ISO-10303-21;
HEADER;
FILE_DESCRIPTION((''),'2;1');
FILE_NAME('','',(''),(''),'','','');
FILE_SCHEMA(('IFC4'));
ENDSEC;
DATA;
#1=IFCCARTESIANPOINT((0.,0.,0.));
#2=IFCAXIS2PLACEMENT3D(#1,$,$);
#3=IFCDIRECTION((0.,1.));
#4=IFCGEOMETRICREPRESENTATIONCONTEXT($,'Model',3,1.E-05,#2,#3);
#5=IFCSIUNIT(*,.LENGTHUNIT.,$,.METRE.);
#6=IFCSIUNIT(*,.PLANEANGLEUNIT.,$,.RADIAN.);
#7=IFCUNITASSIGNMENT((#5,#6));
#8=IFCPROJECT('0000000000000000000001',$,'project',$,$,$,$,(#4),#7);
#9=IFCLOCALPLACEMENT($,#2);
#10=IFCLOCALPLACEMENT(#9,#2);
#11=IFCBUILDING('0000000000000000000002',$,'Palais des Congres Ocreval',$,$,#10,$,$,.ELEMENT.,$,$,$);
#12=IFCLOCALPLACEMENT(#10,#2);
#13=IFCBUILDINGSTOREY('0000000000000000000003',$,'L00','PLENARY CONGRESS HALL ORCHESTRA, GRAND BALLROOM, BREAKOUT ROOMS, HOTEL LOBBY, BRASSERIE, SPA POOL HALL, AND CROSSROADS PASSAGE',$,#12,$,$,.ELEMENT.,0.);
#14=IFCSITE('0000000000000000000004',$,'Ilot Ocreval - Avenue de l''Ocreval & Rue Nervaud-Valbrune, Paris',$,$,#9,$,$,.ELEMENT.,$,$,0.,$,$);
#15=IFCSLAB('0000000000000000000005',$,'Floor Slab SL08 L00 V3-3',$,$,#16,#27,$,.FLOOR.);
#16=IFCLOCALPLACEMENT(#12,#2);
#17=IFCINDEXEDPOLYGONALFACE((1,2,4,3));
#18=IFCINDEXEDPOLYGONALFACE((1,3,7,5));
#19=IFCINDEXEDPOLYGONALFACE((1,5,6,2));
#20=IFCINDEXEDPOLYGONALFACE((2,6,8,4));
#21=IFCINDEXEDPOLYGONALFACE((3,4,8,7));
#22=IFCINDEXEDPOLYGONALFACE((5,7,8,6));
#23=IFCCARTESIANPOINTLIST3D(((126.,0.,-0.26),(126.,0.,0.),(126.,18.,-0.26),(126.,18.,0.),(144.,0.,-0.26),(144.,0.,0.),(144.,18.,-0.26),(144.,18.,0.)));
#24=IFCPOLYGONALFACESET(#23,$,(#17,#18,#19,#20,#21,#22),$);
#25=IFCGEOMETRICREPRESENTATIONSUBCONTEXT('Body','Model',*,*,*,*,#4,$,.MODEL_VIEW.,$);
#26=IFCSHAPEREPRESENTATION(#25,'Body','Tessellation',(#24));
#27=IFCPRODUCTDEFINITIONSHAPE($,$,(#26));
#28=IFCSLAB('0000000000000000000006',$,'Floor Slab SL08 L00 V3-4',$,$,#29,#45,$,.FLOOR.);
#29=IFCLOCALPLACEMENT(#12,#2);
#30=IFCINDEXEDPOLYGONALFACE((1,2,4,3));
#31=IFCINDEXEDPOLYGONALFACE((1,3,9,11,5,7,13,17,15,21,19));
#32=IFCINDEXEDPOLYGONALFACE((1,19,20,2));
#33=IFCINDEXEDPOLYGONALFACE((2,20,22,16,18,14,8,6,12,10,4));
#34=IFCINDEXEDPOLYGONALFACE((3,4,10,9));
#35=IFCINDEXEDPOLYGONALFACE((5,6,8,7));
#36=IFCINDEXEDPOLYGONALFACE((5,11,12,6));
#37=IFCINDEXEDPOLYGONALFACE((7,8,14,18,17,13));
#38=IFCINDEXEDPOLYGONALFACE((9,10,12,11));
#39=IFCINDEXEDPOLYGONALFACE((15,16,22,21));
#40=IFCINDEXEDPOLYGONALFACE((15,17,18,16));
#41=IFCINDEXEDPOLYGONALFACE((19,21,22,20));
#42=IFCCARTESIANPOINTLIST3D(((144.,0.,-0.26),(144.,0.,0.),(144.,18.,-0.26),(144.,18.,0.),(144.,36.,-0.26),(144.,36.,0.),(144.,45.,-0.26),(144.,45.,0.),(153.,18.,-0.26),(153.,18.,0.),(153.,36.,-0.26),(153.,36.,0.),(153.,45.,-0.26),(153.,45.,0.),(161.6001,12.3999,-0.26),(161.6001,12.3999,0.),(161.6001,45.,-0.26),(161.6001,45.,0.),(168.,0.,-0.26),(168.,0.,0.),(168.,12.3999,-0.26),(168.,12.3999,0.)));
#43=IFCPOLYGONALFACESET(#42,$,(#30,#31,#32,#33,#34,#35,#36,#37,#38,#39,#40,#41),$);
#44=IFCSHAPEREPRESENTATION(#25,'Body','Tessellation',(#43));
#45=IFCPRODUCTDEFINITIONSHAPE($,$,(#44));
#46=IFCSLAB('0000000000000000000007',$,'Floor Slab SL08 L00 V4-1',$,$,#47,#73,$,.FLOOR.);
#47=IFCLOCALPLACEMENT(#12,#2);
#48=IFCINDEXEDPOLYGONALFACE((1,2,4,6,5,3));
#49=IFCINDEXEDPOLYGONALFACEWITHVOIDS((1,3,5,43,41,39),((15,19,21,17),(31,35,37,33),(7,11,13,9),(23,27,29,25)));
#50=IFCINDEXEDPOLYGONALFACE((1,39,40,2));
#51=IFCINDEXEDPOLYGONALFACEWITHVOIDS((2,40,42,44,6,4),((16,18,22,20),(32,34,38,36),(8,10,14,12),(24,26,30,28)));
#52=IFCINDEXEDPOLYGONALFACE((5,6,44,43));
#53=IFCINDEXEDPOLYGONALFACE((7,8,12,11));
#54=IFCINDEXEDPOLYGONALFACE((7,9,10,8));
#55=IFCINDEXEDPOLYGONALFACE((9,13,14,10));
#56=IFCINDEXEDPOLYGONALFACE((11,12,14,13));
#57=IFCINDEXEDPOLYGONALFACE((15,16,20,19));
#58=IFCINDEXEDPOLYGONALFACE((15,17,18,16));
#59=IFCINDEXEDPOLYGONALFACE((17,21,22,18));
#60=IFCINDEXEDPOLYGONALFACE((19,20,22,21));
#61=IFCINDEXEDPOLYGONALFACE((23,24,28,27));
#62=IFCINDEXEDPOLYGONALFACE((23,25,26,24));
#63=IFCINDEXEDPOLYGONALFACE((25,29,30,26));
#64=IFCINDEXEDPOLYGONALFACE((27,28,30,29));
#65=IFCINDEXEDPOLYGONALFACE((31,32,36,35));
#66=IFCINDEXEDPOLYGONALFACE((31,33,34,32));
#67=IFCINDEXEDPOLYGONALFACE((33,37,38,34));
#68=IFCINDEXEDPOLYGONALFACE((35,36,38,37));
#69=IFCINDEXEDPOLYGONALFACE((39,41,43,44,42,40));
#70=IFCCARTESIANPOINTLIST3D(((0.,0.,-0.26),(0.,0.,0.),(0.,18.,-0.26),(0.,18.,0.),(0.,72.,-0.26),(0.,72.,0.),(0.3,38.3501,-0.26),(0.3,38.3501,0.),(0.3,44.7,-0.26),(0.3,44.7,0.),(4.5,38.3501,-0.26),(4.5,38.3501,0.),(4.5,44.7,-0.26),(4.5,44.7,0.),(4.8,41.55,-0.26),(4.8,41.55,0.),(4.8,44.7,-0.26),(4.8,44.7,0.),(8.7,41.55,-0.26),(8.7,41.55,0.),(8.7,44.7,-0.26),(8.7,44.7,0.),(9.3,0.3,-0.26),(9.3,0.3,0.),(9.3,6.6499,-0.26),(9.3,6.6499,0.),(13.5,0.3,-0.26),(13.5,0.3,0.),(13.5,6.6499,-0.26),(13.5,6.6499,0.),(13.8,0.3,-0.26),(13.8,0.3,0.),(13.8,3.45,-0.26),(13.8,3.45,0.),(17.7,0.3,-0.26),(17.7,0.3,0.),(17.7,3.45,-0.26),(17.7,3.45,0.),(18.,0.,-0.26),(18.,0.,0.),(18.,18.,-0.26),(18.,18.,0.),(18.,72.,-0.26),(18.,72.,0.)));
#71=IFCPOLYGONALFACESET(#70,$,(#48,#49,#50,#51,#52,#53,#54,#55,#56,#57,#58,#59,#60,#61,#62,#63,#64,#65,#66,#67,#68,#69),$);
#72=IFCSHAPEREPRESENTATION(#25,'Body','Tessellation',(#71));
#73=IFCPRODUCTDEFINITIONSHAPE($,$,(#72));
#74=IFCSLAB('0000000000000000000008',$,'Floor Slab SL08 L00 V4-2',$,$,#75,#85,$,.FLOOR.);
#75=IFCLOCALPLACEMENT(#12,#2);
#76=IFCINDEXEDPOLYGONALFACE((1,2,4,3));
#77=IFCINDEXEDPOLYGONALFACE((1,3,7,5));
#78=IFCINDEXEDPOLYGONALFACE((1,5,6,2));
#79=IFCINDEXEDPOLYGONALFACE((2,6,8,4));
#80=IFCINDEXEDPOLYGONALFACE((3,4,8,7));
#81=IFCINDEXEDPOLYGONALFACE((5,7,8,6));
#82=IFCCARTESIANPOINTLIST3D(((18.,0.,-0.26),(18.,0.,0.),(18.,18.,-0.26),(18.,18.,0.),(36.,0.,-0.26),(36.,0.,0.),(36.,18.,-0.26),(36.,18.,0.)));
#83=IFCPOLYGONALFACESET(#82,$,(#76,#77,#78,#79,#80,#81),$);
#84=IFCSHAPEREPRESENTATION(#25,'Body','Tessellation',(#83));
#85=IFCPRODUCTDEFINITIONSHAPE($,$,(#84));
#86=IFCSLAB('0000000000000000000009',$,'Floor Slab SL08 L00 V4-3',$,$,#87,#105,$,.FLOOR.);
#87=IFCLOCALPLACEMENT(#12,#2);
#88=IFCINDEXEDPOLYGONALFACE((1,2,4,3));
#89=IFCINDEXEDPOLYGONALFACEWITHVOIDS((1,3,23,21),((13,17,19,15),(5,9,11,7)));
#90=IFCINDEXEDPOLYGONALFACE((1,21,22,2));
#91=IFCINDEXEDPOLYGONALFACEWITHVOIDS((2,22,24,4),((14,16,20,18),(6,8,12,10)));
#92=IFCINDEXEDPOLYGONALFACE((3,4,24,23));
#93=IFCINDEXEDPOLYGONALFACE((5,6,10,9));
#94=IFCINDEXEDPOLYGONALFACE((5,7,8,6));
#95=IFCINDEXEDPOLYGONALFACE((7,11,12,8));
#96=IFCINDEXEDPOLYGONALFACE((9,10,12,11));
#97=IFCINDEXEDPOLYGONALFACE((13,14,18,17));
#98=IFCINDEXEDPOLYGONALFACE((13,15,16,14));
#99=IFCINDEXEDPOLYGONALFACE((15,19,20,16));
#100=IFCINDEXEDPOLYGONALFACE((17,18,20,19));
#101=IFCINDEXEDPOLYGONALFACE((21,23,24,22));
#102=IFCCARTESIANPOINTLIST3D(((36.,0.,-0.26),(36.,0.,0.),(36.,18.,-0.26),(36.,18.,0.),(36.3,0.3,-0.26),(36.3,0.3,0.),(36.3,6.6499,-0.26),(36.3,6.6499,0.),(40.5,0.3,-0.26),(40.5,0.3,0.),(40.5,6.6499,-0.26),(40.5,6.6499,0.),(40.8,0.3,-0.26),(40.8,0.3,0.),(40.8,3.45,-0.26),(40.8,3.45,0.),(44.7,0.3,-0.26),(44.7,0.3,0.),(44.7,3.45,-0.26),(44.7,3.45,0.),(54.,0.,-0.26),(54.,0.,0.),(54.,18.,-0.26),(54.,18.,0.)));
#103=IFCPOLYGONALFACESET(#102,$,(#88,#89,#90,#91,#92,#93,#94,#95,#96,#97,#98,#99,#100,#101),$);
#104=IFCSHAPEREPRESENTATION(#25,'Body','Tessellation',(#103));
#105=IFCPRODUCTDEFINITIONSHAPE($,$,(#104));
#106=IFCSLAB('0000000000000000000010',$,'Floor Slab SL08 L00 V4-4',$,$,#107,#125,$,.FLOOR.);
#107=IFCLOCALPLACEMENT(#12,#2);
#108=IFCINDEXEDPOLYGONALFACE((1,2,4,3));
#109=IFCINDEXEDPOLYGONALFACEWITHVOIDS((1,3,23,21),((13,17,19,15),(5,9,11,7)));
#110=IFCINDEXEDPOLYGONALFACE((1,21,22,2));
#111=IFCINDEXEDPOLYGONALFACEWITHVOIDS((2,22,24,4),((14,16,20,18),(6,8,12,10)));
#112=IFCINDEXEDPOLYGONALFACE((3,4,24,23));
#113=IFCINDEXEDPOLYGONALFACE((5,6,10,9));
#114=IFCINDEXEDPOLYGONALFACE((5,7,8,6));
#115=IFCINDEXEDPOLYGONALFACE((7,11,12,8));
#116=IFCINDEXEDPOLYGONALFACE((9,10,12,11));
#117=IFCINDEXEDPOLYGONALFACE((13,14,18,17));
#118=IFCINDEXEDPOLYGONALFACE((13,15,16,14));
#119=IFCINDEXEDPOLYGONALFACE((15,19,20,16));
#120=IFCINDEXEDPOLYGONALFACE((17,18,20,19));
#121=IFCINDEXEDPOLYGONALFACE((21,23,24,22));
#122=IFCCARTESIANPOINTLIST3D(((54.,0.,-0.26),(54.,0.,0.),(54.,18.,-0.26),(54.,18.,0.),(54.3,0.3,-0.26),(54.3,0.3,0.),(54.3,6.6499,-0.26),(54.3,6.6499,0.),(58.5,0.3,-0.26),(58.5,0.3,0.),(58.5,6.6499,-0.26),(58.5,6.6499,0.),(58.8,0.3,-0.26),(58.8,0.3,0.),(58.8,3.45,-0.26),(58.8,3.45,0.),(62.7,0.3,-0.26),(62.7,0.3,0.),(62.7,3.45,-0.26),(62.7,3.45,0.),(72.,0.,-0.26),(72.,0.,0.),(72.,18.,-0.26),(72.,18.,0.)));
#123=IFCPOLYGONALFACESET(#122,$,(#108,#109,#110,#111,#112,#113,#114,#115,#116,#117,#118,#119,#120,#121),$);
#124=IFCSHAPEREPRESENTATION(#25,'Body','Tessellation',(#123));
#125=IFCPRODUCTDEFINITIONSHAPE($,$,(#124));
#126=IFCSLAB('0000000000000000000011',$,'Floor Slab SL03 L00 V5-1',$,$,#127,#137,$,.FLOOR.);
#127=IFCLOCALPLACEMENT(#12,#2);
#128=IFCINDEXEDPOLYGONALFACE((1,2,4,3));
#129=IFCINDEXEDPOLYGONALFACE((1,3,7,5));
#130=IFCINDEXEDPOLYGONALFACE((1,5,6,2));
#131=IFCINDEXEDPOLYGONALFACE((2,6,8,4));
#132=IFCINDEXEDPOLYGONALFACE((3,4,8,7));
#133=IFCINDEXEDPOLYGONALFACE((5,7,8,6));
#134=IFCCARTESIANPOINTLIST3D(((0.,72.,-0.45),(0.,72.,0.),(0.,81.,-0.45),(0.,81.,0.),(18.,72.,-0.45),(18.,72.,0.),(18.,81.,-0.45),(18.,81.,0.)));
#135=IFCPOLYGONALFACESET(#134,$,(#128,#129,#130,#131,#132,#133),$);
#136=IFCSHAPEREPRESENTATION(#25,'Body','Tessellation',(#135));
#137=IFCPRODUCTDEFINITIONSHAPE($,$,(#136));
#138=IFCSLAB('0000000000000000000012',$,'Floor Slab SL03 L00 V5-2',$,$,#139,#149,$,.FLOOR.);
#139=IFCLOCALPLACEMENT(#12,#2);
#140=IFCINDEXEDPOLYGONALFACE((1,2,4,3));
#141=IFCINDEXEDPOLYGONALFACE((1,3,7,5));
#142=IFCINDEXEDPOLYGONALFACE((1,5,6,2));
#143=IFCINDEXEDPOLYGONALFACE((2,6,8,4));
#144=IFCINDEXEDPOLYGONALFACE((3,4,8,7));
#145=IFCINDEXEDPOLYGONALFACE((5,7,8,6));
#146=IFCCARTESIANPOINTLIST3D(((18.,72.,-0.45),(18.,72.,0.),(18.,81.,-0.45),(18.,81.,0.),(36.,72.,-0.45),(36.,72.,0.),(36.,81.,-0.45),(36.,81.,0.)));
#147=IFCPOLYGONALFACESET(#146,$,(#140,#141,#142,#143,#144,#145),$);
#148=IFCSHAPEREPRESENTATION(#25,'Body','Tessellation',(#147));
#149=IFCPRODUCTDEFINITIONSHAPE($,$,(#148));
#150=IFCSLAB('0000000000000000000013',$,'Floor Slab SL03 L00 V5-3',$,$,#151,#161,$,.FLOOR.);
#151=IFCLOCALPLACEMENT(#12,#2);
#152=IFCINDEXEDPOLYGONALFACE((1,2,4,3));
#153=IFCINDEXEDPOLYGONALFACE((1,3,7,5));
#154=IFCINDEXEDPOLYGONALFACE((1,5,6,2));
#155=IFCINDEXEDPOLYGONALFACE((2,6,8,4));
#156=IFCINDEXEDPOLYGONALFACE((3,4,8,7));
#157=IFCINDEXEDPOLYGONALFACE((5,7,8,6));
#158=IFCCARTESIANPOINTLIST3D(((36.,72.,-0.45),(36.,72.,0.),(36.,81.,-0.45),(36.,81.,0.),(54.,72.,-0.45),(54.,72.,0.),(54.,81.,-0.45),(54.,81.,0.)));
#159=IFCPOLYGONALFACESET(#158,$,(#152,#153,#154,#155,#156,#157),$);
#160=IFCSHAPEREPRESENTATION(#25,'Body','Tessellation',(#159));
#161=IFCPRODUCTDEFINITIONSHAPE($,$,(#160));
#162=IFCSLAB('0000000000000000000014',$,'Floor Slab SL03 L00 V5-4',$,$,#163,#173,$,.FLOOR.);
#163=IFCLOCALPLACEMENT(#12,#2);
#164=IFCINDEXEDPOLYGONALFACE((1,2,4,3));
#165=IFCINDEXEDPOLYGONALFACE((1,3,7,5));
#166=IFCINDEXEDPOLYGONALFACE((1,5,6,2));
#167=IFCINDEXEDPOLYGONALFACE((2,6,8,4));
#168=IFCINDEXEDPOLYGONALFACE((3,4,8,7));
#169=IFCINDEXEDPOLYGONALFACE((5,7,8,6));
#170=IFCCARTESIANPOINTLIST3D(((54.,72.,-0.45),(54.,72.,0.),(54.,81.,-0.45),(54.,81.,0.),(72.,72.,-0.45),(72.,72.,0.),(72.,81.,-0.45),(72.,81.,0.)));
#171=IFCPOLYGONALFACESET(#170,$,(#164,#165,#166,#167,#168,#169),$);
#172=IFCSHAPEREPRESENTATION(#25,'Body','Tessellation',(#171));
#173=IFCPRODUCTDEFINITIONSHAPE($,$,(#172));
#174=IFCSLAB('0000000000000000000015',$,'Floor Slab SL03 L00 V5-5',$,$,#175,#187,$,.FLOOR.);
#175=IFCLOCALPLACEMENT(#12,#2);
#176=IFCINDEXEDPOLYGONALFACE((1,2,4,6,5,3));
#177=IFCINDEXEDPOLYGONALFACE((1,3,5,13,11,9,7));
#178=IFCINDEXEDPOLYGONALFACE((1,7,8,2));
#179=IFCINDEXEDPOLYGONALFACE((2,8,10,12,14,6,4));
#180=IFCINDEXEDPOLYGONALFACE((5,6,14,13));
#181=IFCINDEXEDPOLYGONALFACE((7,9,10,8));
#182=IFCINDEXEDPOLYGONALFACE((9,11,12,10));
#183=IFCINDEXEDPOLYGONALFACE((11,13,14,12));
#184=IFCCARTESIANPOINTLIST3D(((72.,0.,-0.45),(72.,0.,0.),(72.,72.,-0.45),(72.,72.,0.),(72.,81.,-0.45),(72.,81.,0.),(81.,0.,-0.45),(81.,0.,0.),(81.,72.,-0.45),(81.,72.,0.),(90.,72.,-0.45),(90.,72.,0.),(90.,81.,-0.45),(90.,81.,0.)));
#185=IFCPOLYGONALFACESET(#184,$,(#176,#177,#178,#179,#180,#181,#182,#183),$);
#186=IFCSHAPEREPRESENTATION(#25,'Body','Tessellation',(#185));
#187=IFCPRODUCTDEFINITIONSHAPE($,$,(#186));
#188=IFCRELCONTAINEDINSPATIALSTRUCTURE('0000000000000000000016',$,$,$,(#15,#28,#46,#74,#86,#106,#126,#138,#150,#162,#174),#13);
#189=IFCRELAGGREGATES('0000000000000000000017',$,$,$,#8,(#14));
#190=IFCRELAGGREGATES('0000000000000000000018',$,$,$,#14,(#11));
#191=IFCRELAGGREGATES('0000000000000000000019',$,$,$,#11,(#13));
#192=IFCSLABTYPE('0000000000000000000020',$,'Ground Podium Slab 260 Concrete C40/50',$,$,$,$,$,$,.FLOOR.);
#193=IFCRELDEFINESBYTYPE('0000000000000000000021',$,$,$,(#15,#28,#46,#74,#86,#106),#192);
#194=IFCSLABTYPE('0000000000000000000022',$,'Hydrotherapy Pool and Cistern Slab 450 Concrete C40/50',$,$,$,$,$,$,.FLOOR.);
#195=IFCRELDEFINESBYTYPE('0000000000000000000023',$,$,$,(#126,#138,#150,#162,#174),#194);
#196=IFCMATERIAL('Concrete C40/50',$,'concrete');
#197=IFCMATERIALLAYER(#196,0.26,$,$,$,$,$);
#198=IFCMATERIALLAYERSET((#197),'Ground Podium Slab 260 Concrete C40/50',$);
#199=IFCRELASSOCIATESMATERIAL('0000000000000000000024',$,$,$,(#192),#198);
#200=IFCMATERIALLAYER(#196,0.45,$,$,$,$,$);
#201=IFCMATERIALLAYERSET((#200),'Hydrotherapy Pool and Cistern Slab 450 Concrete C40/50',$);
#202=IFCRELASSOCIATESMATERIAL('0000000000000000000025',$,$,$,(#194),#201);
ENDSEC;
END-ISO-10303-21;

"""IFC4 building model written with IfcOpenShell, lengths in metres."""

from ifc_helpers import new_model, si_unit, direction, frame, origin, place, context, subcontext, project, spatial, polyline, outline, extrude, material, layer, layer_set, type_object, element, save


model = new_model("IFC4")

# Units and contexts
model_context = context("Model", 3, precision=1e-05, world=origin(), true_north=direction((0.0, 1.0)))
body_context = subcontext(model_context, "Body", "Model", "MODEL_VIEW")
ifc_project = project(units=[si_unit("LENGTHUNIT", "METRE"), si_unit("PLANEANGLEUNIT", "RADIAN")], contexts=[model_context])

# Site, building, storey
site_placement = place(None, origin())
site = spatial("IfcSite", under=ifc_project, at=site_placement, Name="Ilot Ocreval - Avenue de l'Ocreval & Rue Nervaud-Valbrune, Paris", CompositionType="ELEMENT", RefElevation=0.0)
building_placement = place(site_placement, origin())
building = spatial("IfcBuilding", under=site, at=building_placement, Name="Palais des Congres Ocreval", CompositionType="ELEMENT")
storey_placement = place(building_placement, origin())
storey = spatial("IfcBuildingStorey", under=building, at=storey_placement, Name="L00", Description="PLENARY CONGRESS HALL ORCHESTRA, GRAND BALLROOM, BREAKOUT ROOMS, HOTEL LOBBY, BRASSERIE, SPA POOL HALL, AND CROSSROADS PASSAGE", CompositionType="ELEMENT", Elevation=0.0)

# Slabs
ifc_material_1 = material(Name="Concrete C40/50", Category="concrete")
ifc_layer_1 = layer(ifc_material_1, 0.26)
ifc_layer_set_1 = layer_set([ifc_layer_1], Name="Ground Podium Slab 260 Concrete C40/50")
slab_type_1 = type_object("IfcSlabType", Name="Ground Podium Slab 260 Concrete C40/50", PredefinedType="FLOOR", material=ifc_layer_set_1)
slab_1_placement = place(storey_placement, frame((0.0, 0.0, -0.26)))
element("IfcSlab", 1, at=slab_1_placement, inside=storey, type_object=slab_type_1, Name="Floor Slab SL08 L00 V3-3", PredefinedType="FLOOR", context=body_context, shape_type="SweptSolid", body=[
    extrude(outline(polyline([(126.0, 0.0), (126.0, 18.0), (144.0, 18.0), (144.0, 0.0), (126.0, 0.0)])), origin(), (0.0, 0.0, 1.0), 0.26),
])
slab_2_placement = place(storey_placement, frame((0.0, 0.0, -0.26)))
element("IfcSlab", 2, at=slab_2_placement, inside=storey, type_object=slab_type_1, Name="Floor Slab SL08 L00 V3-4", PredefinedType="FLOOR", context=body_context, shape_type="SweptSolid", body=[
    extrude(outline(polyline([(153.0, 45.0), (161.6001, 45.0), (161.6001, 12.3999), (168.0, 12.3999), (168.0, 0.0), (144.0, 0.0), (144.0, 18.0), (153.0, 18.0), (153.0, 36.0), (144.0, 36.0), (144.0, 45.0), (153.0, 45.0)])), origin(), (0.0, 0.0, 1.0), 0.26),
])
slab_3_placement = place(storey_placement, frame((0.0, 0.0, -0.26)))
element("IfcSlab", 3, at=slab_3_placement, inside=storey, type_object=slab_type_1, Name="Floor Slab SL08 L00 V4-1", PredefinedType="FLOOR", context=body_context, shape_type="SweptSolid", body=[
    extrude(outline(polyline([(0.0, 0.0), (0.0, 18.0), (0.0, 72.0), (18.0, 72.0), (18.0, 18.0), (18.0, 0.0), (0.0, 0.0)]), holes=[polyline([(13.8, 3.45), (13.8, 0.3), (17.7, 0.3), (17.7, 3.45), (13.8, 3.45)]), polyline([(9.3, 6.6499), (9.3, 0.3), (13.5, 0.3), (13.5, 6.6499), (9.3, 6.6499)]), polyline([(0.3, 44.7), (0.3, 38.3501), (4.5, 38.3501), (4.5, 44.7), (0.3, 44.7)]), polyline([(4.8, 44.7), (4.8, 41.55), (8.7, 41.55), (8.7, 44.7), (4.8, 44.7)])]), origin(), (0.0, 0.0, 1.0), 0.26),
])
slab_4_placement = place(storey_placement, frame((0.0, 0.0, -0.26)))
element("IfcSlab", 4, at=slab_4_placement, inside=storey, type_object=slab_type_1, Name="Floor Slab SL08 L00 V4-2", PredefinedType="FLOOR", context=body_context, shape_type="SweptSolid", body=[
    extrude(outline(polyline([(18.0, 0.0), (18.0, 18.0), (36.0, 18.0), (36.0, 0.0), (18.0, 0.0)])), origin(), (0.0, 0.0, 1.0), 0.26),
])
slab_5_placement = place(storey_placement, frame((0.0, 0.0, -0.26)))
element("IfcSlab", 5, at=slab_5_placement, inside=storey, type_object=slab_type_1, Name="Floor Slab SL08 L00 V4-3", PredefinedType="FLOOR", context=body_context, shape_type="SweptSolid", body=[
    extrude(outline(polyline([(36.0, 0.0), (36.0, 18.0), (54.0, 18.0), (54.0, 0.0), (36.0, 0.0)]), holes=[polyline([(40.8, 3.45), (40.8, 0.3), (44.7, 0.3), (44.7, 3.45), (40.8, 3.45)]), polyline([(40.5, 6.6499), (36.3, 6.6499), (36.3, 0.3), (40.5, 0.3), (40.5, 6.6499)])]), origin(), (0.0, 0.0, 1.0), 0.26),
])
slab_6_placement = place(storey_placement, frame((0.0, 0.0, -0.26)))
element("IfcSlab", 6, at=slab_6_placement, inside=storey, type_object=slab_type_1, Name="Floor Slab SL08 L00 V4-4", PredefinedType="FLOOR", context=body_context, shape_type="SweptSolid", body=[
    extrude(outline(polyline([(54.0, 0.0), (54.0, 18.0), (72.0, 18.0), (72.0, 0.0), (54.0, 0.0)]), holes=[polyline([(58.5, 6.6499), (54.3, 6.6499), (54.3, 0.3), (58.5, 0.3), (58.5, 6.6499)]), polyline([(58.8, 3.45), (58.8, 0.3), (62.7, 0.3), (62.7, 3.45), (58.8, 3.45)])]), origin(), (0.0, 0.0, 1.0), 0.26),
])
ifc_layer_2 = layer(ifc_material_1, 0.45)
ifc_layer_set_2 = layer_set([ifc_layer_2], Name="Hydrotherapy Pool and Cistern Slab 450 Concrete C40/50")
slab_type_2 = type_object("IfcSlabType", Name="Hydrotherapy Pool and Cistern Slab 450 Concrete C40/50", PredefinedType="FLOOR", material=ifc_layer_set_2)
slab_7_placement = place(storey_placement, frame((0.0, 0.0, -0.45)))
element("IfcSlab", 7, at=slab_7_placement, inside=storey, type_object=slab_type_2, Name="Floor Slab SL03 L00 V5-1", PredefinedType="FLOOR", context=body_context, shape_type="SweptSolid", body=[
    extrude(outline(polyline([(0.0, 81.0), (18.0, 81.0), (18.0, 72.0), (0.0, 72.0), (0.0, 81.0)])), origin(), (0.0, 0.0, 1.0), 0.45),
])
slab_8_placement = place(storey_placement, frame((0.0, 0.0, -0.45)))
element("IfcSlab", 8, at=slab_8_placement, inside=storey, type_object=slab_type_2, Name="Floor Slab SL03 L00 V5-2", PredefinedType="FLOOR", context=body_context, shape_type="SweptSolid", body=[
    extrude(outline(polyline([(36.0, 81.0), (36.0, 72.0), (18.0, 72.0), (18.0, 81.0), (36.0, 81.0)])), origin(), (0.0, 0.0, 1.0), 0.45),
])
slab_9_placement = place(storey_placement, frame((0.0, 0.0, -0.45)))
element("IfcSlab", 9, at=slab_9_placement, inside=storey, type_object=slab_type_2, Name="Floor Slab SL03 L00 V5-3", PredefinedType="FLOOR", context=body_context, shape_type="SweptSolid", body=[
    extrude(outline(polyline([(54.0, 81.0), (54.0, 72.0), (36.0, 72.0), (36.0, 81.0), (54.0, 81.0)])), origin(), (0.0, 0.0, 1.0), 0.45),
])
slab_10_placement = place(storey_placement, frame((0.0, 0.0, -0.45)))
element("IfcSlab", 10, at=slab_10_placement, inside=storey, type_object=slab_type_2, Name="Floor Slab SL03 L00 V5-4", PredefinedType="FLOOR", context=body_context, shape_type="SweptSolid", body=[
    extrude(outline(polyline([(72.0, 81.0), (72.0, 72.0), (54.0, 72.0), (54.0, 81.0), (72.0, 81.0)])), origin(), (0.0, 0.0, 1.0), 0.45),
])
slab_11_placement = place(storey_placement, frame((0.0, 0.0, -0.45)))
element("IfcSlab", 11, at=slab_11_placement, inside=storey, type_object=slab_type_2, Name="Floor Slab SL03 L00 V5-5", PredefinedType="FLOOR", context=body_context, shape_type="SweptSolid", body=[
    extrude(outline(polyline([(90.0, 81.0), (90.0, 72.0), (81.0, 72.0), (81.0, 0.0), (72.0, 0.0), (72.0, 72.0), (72.0, 81.0), (90.0, 81.0)])), origin(), (0.0, 0.0, 1.0), 0.45),
])

save(model, "model.ifc")
